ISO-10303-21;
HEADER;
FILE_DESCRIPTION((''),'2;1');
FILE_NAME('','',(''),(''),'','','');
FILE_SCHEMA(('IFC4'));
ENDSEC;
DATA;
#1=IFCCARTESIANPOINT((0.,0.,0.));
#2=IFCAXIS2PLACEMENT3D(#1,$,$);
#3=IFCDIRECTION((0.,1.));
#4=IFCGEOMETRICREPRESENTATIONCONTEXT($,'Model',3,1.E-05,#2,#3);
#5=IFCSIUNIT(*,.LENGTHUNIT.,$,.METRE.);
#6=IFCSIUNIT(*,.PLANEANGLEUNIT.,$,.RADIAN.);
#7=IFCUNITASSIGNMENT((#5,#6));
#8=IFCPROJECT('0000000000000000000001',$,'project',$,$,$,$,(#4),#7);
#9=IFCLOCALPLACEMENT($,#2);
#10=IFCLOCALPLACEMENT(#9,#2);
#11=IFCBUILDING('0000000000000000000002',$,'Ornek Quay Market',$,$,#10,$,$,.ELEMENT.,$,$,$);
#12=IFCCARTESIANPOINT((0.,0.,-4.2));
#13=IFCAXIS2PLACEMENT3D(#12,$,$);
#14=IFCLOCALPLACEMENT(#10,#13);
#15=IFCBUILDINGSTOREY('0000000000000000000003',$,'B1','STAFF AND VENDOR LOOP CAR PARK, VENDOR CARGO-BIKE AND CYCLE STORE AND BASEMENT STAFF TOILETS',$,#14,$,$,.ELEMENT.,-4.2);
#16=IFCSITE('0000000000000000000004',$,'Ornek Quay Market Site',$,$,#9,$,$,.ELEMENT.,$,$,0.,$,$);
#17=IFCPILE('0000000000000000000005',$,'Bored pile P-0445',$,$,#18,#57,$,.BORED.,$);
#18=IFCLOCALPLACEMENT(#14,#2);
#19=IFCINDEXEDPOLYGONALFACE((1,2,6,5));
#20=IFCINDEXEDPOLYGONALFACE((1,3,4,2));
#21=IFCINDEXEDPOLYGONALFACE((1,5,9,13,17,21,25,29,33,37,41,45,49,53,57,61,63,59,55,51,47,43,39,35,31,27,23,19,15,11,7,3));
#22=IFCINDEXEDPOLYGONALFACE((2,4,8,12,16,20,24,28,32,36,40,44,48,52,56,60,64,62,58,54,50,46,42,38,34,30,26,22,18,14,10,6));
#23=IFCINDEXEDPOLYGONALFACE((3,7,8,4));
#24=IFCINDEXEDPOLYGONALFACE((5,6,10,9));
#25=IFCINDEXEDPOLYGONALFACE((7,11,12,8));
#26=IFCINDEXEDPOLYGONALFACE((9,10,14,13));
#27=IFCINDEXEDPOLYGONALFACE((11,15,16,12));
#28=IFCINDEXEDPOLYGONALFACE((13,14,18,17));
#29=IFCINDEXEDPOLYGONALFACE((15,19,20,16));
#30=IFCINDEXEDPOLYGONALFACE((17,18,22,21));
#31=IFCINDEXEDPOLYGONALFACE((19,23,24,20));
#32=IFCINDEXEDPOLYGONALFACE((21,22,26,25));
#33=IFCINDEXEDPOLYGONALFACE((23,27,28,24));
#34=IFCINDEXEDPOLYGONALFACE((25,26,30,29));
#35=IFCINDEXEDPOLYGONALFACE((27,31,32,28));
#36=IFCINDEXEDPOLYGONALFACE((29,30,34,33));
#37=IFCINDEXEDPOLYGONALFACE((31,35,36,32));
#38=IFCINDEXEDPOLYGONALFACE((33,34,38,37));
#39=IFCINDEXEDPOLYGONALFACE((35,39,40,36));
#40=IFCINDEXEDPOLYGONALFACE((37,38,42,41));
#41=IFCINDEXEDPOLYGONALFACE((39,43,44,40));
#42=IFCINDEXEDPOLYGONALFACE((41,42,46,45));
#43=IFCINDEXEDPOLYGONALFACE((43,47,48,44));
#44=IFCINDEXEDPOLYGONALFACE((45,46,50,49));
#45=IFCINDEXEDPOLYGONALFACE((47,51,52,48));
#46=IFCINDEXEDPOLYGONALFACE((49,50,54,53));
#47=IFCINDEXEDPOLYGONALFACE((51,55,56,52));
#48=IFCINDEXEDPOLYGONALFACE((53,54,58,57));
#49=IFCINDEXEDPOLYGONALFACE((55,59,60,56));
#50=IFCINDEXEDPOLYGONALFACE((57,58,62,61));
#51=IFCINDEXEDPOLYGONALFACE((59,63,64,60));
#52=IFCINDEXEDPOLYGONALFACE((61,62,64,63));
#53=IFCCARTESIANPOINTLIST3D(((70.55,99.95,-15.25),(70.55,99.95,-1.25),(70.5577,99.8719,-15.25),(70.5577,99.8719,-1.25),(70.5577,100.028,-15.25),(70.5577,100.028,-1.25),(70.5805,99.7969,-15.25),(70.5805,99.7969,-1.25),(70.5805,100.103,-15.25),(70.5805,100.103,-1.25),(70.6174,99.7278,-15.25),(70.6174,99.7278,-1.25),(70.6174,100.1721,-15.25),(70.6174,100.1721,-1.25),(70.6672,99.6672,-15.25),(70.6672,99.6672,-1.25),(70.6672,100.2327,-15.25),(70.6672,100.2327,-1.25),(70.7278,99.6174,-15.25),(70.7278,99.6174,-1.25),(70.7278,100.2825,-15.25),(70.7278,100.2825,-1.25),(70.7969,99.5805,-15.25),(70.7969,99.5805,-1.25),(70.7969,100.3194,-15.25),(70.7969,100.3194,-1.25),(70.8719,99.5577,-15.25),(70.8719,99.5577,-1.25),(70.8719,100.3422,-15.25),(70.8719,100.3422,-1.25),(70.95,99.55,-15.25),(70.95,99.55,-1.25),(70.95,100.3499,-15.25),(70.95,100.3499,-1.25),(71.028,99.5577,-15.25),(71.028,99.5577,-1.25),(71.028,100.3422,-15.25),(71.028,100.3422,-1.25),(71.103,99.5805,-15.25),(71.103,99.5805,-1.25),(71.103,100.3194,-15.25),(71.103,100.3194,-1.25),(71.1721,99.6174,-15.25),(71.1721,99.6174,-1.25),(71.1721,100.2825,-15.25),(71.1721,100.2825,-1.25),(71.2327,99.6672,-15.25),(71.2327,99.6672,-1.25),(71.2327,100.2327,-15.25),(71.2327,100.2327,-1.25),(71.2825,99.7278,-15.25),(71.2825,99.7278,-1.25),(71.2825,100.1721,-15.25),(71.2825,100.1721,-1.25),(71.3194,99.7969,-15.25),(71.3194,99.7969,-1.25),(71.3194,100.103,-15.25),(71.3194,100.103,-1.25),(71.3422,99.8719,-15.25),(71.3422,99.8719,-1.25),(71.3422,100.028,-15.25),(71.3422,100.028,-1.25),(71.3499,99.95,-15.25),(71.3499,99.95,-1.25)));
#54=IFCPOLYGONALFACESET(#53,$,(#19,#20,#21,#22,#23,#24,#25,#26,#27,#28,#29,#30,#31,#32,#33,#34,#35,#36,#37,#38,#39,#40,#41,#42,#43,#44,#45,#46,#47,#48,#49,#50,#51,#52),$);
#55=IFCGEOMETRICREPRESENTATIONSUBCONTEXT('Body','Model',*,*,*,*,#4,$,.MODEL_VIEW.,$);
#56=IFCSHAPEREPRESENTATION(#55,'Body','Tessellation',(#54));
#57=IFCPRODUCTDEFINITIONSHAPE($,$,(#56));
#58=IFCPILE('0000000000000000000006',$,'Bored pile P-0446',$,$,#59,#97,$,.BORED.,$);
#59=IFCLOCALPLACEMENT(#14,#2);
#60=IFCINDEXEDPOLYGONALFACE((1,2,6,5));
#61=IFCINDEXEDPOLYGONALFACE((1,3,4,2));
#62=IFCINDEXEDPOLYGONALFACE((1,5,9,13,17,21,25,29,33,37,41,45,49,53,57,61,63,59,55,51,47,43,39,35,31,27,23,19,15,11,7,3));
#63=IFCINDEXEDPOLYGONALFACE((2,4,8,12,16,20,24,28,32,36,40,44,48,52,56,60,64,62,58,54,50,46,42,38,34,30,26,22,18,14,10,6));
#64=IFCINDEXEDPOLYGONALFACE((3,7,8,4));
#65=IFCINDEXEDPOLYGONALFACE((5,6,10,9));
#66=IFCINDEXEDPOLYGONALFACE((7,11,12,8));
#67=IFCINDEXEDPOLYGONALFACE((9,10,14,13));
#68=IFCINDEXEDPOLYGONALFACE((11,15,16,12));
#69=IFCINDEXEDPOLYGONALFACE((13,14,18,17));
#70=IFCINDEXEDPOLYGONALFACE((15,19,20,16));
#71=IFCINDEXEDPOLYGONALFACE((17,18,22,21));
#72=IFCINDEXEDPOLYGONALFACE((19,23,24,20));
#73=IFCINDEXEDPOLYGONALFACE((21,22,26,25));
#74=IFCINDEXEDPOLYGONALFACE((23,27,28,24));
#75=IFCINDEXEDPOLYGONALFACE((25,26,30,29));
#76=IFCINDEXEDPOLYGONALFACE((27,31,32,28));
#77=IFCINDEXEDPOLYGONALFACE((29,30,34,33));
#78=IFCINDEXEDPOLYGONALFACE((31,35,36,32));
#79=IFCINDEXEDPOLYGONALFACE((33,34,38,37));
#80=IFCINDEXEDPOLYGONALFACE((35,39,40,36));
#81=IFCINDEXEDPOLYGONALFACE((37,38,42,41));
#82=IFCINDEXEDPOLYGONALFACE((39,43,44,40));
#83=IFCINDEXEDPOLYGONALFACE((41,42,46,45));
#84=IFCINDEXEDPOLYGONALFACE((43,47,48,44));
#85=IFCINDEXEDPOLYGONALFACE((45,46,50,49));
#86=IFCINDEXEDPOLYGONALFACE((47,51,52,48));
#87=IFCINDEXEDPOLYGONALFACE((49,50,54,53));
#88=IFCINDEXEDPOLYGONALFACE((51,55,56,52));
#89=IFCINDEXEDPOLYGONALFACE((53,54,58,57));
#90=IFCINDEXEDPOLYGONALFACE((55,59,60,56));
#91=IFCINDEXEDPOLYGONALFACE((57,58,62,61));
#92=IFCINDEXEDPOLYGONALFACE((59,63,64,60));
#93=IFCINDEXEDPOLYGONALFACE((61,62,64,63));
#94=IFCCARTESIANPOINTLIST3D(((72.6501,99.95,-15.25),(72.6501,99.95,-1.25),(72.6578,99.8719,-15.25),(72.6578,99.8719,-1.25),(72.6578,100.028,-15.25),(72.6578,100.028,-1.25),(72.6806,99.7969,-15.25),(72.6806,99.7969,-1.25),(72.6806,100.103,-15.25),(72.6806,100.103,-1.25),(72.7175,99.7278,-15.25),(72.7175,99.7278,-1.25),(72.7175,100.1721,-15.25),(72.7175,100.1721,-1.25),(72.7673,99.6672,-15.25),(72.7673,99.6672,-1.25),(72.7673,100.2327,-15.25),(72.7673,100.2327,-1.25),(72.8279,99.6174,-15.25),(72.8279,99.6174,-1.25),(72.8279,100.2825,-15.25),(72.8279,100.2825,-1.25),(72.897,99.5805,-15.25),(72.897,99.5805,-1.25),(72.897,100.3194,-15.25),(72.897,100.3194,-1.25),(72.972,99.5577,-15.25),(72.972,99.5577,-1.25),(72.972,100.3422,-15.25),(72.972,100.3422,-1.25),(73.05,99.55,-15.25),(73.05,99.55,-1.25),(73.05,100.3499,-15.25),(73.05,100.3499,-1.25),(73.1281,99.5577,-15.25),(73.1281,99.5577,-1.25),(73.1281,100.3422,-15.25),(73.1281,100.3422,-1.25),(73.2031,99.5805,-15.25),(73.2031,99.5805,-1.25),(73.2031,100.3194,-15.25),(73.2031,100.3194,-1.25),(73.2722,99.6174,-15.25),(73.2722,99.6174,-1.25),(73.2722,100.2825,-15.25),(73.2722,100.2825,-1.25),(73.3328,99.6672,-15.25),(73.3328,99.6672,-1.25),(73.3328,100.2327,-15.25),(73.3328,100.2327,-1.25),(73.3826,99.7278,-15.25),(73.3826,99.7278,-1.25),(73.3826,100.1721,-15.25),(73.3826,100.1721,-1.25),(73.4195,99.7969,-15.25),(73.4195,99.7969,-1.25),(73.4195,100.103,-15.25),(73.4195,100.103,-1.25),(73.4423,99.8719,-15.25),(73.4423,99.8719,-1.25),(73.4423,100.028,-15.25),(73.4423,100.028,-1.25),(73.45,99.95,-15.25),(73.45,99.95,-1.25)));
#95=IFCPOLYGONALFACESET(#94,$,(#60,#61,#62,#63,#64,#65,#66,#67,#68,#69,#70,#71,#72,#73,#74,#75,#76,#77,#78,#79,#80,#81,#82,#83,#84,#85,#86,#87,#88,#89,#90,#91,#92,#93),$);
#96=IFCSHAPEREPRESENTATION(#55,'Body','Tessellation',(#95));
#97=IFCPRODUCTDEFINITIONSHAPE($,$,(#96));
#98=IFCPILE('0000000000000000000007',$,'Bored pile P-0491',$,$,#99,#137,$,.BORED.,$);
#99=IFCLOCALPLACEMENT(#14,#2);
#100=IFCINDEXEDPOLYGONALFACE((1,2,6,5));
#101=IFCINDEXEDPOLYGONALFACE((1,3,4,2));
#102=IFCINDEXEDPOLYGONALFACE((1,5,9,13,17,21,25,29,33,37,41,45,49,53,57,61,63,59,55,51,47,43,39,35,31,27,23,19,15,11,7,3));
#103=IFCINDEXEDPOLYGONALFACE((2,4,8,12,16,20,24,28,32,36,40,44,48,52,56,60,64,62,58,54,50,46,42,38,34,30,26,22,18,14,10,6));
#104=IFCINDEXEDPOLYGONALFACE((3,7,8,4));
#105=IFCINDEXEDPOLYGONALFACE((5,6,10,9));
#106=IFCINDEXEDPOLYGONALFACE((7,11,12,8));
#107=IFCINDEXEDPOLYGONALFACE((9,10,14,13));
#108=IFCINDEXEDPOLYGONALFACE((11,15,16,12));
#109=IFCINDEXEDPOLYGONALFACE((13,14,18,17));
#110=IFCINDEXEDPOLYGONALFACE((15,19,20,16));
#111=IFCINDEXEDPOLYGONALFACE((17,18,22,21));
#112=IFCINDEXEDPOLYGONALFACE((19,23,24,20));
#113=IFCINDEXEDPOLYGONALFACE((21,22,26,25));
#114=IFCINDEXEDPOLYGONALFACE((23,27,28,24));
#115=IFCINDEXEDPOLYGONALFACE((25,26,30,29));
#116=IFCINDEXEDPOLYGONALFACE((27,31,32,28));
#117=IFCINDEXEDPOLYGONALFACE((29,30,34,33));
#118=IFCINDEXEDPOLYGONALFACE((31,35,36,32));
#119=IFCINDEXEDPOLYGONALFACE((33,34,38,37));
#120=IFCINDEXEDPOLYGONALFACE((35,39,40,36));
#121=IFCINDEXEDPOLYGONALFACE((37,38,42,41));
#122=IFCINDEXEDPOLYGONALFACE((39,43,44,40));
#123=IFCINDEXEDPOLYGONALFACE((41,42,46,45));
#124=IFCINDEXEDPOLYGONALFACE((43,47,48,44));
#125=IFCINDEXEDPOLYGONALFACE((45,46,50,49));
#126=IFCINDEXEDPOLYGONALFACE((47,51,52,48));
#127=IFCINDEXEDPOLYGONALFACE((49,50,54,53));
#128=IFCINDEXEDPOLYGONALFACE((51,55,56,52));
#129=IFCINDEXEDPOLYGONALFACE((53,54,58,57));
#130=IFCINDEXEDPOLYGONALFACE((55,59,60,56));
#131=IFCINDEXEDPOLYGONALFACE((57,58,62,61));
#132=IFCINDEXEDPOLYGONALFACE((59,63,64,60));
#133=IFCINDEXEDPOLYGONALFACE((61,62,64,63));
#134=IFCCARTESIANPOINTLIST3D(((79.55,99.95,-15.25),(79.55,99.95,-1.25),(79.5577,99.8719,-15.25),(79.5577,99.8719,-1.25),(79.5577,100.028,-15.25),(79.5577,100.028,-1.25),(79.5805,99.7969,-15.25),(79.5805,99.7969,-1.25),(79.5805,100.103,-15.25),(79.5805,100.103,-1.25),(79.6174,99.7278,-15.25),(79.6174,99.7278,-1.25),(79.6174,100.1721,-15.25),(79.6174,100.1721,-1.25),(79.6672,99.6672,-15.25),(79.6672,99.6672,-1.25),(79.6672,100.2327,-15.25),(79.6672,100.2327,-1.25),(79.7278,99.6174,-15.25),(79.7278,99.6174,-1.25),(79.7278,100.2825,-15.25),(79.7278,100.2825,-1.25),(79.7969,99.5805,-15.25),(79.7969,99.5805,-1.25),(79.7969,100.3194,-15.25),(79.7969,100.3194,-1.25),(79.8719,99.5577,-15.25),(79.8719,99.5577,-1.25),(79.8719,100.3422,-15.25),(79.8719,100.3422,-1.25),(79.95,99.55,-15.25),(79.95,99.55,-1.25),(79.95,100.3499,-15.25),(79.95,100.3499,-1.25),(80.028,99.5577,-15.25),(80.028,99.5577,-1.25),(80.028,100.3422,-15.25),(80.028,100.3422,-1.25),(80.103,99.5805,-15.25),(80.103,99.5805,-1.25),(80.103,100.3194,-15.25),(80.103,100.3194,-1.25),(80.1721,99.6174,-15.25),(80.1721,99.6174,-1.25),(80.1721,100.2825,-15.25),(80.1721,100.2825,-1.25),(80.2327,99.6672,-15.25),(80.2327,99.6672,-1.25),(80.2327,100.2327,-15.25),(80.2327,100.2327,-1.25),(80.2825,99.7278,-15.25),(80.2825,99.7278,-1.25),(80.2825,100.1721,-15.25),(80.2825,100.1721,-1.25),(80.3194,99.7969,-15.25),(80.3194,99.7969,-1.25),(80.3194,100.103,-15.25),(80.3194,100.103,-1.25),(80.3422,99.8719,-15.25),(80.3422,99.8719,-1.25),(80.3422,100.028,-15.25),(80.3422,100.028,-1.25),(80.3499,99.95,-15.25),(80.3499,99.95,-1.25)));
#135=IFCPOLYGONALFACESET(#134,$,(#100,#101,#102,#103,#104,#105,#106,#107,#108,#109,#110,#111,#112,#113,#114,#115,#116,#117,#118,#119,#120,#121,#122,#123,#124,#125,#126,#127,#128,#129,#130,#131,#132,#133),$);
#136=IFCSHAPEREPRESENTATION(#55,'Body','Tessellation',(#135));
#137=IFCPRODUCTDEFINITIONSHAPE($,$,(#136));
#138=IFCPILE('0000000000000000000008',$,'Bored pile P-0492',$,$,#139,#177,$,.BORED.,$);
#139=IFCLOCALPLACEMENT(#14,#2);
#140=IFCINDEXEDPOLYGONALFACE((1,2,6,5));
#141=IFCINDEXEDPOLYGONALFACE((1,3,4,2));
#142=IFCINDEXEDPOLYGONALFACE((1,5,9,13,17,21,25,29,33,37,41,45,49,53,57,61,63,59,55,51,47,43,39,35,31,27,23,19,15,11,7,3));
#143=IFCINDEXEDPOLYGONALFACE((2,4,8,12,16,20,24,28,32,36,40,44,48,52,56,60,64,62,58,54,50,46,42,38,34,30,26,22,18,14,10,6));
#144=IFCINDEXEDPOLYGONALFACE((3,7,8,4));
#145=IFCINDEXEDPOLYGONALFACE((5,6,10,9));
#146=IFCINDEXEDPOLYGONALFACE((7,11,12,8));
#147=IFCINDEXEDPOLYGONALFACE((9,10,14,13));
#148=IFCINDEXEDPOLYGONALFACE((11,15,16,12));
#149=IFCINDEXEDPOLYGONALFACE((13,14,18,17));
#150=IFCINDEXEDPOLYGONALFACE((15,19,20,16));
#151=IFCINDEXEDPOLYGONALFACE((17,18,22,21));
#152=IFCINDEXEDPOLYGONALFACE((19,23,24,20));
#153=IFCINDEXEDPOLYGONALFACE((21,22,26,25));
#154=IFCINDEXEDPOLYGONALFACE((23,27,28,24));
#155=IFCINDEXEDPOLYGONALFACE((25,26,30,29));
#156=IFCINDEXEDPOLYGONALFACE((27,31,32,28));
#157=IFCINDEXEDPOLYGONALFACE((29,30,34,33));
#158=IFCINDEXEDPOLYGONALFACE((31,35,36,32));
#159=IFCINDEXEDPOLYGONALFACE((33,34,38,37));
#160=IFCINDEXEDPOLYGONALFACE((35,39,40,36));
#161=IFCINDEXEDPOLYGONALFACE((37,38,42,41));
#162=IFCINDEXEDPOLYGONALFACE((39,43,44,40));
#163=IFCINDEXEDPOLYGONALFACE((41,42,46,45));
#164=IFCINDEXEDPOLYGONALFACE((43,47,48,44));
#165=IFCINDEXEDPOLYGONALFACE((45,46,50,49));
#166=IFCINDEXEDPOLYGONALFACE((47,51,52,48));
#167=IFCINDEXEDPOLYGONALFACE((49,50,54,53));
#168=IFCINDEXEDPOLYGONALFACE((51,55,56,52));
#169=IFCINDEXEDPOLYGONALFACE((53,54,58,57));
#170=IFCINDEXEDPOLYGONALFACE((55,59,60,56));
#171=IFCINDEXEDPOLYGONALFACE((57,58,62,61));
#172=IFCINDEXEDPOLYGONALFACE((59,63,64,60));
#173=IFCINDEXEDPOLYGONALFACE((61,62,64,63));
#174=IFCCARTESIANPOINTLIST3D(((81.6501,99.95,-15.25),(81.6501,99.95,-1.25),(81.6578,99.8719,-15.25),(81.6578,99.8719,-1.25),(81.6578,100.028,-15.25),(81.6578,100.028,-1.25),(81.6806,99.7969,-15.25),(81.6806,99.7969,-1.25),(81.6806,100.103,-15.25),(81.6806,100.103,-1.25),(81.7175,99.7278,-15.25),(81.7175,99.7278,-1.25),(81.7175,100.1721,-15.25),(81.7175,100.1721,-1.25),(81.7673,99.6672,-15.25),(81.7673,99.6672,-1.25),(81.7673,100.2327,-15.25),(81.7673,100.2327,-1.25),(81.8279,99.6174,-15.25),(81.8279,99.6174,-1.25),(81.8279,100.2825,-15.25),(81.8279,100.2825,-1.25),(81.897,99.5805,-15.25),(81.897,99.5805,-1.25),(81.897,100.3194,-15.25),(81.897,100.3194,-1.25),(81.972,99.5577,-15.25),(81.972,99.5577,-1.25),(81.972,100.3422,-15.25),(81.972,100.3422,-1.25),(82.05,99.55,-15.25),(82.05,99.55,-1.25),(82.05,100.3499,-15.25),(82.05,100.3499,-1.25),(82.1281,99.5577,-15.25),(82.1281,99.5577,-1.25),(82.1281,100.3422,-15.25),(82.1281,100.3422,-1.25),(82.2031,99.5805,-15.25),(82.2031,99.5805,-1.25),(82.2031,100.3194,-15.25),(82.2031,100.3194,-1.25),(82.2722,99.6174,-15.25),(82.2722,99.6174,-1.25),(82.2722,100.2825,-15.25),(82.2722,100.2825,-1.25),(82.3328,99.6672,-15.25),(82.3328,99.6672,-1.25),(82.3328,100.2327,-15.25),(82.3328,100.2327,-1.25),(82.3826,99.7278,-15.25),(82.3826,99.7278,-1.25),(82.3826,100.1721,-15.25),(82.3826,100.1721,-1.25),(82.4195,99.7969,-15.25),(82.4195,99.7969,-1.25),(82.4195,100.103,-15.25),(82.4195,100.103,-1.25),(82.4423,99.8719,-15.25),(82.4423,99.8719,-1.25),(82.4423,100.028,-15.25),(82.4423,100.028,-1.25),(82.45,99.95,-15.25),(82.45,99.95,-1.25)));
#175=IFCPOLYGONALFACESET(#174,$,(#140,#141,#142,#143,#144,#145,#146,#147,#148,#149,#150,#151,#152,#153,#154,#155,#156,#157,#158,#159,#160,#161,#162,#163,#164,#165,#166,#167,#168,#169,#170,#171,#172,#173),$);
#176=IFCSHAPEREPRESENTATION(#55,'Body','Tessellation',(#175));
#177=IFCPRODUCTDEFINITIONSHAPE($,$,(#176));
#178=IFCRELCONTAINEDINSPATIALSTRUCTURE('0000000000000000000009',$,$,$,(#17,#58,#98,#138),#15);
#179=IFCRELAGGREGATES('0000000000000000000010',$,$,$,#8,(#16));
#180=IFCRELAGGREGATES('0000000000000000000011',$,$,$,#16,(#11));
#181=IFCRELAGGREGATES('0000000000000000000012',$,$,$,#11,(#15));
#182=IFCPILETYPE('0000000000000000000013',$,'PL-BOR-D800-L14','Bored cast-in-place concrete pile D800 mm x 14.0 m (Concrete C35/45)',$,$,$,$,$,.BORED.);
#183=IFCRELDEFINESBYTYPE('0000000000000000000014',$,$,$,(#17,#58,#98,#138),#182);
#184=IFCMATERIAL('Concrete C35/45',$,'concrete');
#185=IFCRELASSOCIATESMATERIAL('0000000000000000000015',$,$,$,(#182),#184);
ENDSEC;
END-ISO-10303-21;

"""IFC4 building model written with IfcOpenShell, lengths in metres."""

from ifc_helpers import new_model, si_unit, direction, frame, origin, origin_2d, place, context, subcontext, project, spatial, circle, extrude, material, material_profile, profile_set, type_object, element, save


model = new_model("IFC4")

# Units and contexts
model_context = context("Model", 3, precision=1e-05, world=origin(), true_north=direction((0.0, 1.0)))
body_context = subcontext(model_context, "Body", "Model", "MODEL_VIEW")
ifc_project = project(units=[si_unit("LENGTHUNIT", "METRE"), si_unit("PLANEANGLEUNIT", "RADIAN")], contexts=[model_context])

# Site, building, storey
site_placement = place(None, origin())
site = spatial("IfcSite", under=ifc_project, at=site_placement, Name="Ornek Quay Market Site", CompositionType="ELEMENT", RefElevation=0.0)
building_placement = place(site_placement, origin())
building = spatial("IfcBuilding", under=site, at=building_placement, Name="Ornek Quay Market", CompositionType="ELEMENT")
storey_placement = place(building_placement, frame((0.0, 0.0, -4.2)))
storey = spatial("IfcBuildingStorey", under=building, at=storey_placement, Name="B1", Description="STAFF AND VENDOR LOOP CAR PARK, VENDOR CARGO-BIKE AND CYCLE STORE AND BASEMENT STAFF TOILETS", CompositionType="ELEMENT", Elevation=-4.2)

# Piles
ifc_material_1 = material(Name="Concrete C35/45", Category="concrete")
ifc_material_profile_1 = material_profile(ifc_material_1, circle(Radius=0.3999, at=origin_2d()), Name="PILE D800", Category="concrete")
ifc_profile_set_1 = profile_set([ifc_material_profile_1], Name="Concrete C35/45")
pile_type_1 = type_object("IfcPileType", Name="PL-BOR-D800-L14", Description="Bored cast-in-place concrete pile D800 mm x 14.0 m (Concrete C35/45)", PredefinedType="BORED", material=ifc_profile_set_1)
for number, where, z_axis, x_axis, name in (
    (1, (70.95, 99.95, -1.25), (0.0, 0.0, -1.0), (1.0, 0.0, 0.0), "Bored pile P-0445"),
    (2, (73.05, 99.95, -1.25), (0.0, 0.0, -1.0), (1.0, 0.0, 0.0), "Bored pile P-0446"),
    (3, (79.95, 99.95, -1.25), (0.0, 0.0, -1.0), (1.0, 0.0, 0.0), "Bored pile P-0491"),
    (4, (82.05, 99.95, -1.25), (0.0, 0.0, -1.0), (1.0, 0.0, 0.0), "Bored pile P-0492"),
):
    element("IfcPile", number, at=place(storey_placement, frame(where, z_axis=z_axis, x_axis=x_axis)), inside=storey, type_object=pile_type_1, Name=name, PredefinedType="BORED", context=body_context, shape_type="SweptSolid", body=[
        extrude(circle(Radius=0.3999, at=origin_2d()), origin(), (0.0, 0.0, 1.0), 14.0),
    ])

save(model, "model.ifc")
